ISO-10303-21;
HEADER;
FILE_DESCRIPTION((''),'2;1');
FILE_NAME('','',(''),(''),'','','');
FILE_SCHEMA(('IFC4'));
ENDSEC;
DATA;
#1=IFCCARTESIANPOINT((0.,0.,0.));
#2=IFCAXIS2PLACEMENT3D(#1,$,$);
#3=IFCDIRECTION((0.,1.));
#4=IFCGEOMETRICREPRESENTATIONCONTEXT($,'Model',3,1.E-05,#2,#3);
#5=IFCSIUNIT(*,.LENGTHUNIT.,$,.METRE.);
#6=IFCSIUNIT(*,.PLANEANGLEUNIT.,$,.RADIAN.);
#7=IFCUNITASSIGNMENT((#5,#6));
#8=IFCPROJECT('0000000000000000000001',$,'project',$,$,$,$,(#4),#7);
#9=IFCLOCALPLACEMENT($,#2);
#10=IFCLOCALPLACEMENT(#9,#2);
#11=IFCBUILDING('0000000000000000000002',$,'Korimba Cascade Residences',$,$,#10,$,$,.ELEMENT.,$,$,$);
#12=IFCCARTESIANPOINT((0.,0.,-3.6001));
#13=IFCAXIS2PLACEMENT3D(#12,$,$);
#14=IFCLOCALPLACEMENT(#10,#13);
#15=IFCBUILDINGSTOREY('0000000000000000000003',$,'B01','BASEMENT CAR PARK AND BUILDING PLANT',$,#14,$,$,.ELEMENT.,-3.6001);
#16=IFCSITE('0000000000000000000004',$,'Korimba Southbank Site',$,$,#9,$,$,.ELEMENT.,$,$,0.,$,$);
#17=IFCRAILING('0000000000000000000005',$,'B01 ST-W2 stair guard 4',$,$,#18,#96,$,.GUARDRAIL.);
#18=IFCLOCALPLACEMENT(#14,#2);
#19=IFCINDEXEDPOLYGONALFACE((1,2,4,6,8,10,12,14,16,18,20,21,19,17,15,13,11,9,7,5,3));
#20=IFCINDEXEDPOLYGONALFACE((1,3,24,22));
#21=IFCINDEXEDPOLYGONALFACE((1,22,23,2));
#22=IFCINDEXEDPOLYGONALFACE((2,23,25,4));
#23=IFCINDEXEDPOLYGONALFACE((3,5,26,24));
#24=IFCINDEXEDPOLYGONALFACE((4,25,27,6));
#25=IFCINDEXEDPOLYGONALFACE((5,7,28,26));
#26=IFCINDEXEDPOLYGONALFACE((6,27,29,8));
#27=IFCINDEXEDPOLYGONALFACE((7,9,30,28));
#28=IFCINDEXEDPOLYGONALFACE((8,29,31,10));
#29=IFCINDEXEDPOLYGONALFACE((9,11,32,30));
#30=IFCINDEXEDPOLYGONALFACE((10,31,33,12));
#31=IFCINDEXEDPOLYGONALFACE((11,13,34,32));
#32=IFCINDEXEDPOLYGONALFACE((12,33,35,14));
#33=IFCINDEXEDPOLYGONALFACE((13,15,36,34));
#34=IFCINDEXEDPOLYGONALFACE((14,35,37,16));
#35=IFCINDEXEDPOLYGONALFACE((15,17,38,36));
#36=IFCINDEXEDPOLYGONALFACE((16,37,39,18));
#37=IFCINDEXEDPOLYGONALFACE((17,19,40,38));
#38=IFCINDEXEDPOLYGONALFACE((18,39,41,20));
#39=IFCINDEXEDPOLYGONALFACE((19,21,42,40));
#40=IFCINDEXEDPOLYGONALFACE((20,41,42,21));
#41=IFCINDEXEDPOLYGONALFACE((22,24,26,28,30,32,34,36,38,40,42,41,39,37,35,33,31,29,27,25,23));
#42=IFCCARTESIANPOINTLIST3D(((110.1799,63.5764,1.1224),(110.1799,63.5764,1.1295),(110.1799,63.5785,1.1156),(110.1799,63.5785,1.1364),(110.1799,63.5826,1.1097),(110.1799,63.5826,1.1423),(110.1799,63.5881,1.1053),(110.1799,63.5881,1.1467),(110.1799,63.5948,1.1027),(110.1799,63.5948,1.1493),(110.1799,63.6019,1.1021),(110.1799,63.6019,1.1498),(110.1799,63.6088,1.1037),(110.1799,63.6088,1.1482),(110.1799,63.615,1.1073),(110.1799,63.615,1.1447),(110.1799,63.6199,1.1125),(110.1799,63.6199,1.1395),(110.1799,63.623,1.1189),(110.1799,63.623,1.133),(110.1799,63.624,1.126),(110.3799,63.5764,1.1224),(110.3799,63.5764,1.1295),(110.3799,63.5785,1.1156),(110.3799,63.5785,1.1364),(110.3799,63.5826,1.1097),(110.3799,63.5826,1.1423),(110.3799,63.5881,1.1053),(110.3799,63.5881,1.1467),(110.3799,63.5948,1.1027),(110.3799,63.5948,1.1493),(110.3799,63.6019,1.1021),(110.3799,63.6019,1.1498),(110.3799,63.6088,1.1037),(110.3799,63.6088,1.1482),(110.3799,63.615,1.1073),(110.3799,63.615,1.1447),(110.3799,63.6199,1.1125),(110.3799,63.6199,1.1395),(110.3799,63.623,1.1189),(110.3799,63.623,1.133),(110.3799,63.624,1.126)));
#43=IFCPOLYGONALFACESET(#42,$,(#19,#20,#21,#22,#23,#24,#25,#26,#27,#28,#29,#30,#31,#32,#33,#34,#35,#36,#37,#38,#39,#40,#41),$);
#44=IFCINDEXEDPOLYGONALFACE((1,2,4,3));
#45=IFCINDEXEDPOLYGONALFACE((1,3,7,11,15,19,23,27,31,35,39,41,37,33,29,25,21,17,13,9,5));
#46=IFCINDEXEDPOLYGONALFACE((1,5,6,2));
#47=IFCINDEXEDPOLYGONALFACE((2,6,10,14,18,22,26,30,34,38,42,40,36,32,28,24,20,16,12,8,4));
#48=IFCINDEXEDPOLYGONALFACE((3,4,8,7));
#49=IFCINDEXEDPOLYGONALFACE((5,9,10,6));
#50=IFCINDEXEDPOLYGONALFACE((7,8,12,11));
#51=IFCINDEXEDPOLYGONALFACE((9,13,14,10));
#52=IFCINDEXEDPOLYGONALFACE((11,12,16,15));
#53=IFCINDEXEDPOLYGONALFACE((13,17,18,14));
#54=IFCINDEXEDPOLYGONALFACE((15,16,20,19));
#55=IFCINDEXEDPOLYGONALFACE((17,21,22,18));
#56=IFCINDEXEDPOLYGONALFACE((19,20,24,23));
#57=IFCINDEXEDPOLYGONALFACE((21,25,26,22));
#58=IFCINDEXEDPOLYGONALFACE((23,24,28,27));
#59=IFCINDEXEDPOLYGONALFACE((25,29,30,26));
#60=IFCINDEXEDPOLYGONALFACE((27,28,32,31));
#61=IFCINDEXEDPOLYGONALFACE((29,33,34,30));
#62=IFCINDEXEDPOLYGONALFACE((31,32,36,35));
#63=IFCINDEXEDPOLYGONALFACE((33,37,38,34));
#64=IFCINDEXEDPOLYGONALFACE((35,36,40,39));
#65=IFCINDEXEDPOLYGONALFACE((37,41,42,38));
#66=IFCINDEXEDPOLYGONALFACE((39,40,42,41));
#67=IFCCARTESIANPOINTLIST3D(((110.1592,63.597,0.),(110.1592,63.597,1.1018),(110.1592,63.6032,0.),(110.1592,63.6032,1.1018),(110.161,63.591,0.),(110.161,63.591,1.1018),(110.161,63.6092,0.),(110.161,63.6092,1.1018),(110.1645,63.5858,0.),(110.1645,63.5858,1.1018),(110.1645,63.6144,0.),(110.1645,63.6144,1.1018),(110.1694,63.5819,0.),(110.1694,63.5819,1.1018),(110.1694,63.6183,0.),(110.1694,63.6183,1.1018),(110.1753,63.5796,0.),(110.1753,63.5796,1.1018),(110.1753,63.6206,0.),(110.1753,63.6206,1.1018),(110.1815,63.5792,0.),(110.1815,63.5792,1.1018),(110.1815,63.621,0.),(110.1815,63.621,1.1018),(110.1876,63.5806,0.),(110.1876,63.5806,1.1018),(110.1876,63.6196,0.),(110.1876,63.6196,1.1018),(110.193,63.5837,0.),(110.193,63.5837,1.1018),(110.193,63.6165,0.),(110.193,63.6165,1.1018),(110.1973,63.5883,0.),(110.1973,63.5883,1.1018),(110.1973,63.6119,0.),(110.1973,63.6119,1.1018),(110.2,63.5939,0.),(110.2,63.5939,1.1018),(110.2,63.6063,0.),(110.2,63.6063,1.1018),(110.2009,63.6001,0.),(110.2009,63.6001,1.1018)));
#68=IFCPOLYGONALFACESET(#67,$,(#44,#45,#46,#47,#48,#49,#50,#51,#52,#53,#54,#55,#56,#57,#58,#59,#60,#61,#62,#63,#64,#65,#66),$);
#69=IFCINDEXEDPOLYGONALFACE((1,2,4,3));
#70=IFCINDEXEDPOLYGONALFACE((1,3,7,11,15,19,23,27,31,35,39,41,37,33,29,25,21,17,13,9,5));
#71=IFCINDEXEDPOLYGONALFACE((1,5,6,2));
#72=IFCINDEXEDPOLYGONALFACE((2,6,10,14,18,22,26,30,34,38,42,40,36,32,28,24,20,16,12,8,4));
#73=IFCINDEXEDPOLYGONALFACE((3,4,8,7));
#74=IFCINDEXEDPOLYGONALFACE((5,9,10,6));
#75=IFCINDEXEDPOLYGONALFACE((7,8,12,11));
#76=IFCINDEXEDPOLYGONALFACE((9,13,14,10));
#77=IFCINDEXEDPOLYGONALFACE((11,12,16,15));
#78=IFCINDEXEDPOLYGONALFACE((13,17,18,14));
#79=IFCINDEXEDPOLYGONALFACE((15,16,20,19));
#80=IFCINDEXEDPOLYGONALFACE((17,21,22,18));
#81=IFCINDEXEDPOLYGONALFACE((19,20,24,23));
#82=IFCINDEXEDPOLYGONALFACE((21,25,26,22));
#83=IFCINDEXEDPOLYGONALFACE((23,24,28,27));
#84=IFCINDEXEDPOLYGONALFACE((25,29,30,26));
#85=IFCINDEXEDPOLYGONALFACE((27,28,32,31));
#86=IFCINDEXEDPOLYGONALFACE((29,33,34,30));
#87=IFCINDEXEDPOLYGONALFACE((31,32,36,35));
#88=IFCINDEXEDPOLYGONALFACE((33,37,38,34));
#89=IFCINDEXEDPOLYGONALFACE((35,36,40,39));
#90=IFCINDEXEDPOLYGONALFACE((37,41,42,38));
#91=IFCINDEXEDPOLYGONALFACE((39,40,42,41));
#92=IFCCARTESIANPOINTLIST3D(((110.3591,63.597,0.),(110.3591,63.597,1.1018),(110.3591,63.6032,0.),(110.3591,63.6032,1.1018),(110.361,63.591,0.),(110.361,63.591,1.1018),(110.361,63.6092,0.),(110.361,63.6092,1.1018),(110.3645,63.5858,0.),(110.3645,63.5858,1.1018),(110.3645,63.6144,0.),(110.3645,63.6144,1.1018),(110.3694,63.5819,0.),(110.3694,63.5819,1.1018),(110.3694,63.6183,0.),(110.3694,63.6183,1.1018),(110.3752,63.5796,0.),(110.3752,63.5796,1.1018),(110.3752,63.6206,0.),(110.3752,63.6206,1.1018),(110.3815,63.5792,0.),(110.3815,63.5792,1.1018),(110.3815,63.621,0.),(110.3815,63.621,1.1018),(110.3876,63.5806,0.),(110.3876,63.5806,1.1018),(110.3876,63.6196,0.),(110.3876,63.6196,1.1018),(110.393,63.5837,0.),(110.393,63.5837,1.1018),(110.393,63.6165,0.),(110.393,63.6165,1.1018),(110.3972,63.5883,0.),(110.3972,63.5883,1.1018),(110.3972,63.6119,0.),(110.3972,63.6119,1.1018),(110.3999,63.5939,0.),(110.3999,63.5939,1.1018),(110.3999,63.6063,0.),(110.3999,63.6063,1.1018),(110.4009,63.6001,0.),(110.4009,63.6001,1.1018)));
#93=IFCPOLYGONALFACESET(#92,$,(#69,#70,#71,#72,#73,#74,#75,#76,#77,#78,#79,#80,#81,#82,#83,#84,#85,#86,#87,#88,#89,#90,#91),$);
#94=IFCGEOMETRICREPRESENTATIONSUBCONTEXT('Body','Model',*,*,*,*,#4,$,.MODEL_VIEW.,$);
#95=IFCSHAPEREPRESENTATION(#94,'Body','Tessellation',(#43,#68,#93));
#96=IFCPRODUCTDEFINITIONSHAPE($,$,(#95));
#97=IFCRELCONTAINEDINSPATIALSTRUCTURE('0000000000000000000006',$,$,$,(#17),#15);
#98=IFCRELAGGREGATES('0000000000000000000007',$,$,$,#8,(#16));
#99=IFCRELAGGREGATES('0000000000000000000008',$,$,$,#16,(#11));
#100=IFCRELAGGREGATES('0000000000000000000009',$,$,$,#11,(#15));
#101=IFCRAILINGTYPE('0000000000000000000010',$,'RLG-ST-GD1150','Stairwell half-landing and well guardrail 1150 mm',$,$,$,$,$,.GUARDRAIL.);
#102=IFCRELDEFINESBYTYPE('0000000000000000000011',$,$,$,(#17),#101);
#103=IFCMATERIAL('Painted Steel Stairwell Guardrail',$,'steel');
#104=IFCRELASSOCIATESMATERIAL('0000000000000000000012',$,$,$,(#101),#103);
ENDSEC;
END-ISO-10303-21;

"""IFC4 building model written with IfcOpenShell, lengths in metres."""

from ifc_helpers import new_model, si_unit, direction, frame, origin, origin_2d, place, context, subcontext, project, spatial, circle, extrude, material, type_object, element, save


model = new_model("IFC4")

# Units and contexts
model_context = context("Model", 3, precision=1e-05, world=origin(), true_north=direction((0.0, 1.0)))
body_context = subcontext(model_context, "Body", "Model", "MODEL_VIEW")
ifc_project = project(units=[si_unit("LENGTHUNIT", "METRE"), si_unit("PLANEANGLEUNIT", "RADIAN")], contexts=[model_context])

# Site, building, storey
site_placement = place(None, origin())
site = spatial("IfcSite", under=ifc_project, at=site_placement, Name="Korimba Southbank Site", CompositionType="ELEMENT", RefElevation=0.0)
building_placement = place(site_placement, origin())
building = spatial("IfcBuilding", under=site, at=building_placement, Name="Korimba Cascade Residences", CompositionType="ELEMENT")
storey_placement = place(building_placement, frame((0.0, 0.0, -3.6001)))
storey = spatial("IfcBuildingStorey", under=building, at=storey_placement, Name="B01", Description="BASEMENT CAR PARK AND BUILDING PLANT", CompositionType="ELEMENT", Elevation=-3.6001)

# Railing
ifc_material_1 = material(Name="Painted Steel Stairwell Guardrail", Category="steel")
railing_type_1 = type_object("IfcRailingType", Name="RLG-ST-GD1150", Description="Stairwell half-landing and well guardrail 1150 mm", PredefinedType="GUARDRAIL", material=ifc_material_1)
railing_1_placement = place(storey_placement, frame((110.1799, 63.6001, 0.0)))
element("IfcRailing", 1, at=railing_1_placement, inside=storey, type_object=railing_type_1, Name="B01 ST-W2 stair guard 4", PredefinedType="GUARDRAIL", context=body_context, shape_type="SweptSolid", body=[
    extrude(circle(Radius=0.0239, at=origin_2d()), frame((0.0, 0.0, 1.126), z_axis=(1.0, 0.0, 0.0), x_axis=(0.0, 1.0, 0.0)), (0.0, 0.0, 1.0), 0.2),
    extrude(circle(Radius=0.021, at=origin_2d()), origin(), (0.0, 0.0, 1.0), 1.1018),
    extrude(circle(Radius=0.021, at=origin_2d()), frame((0.2, 0.0, 0.0)), (0.0, 0.0, 1.0), 1.1018),
])

save(model, "model.ifc")
